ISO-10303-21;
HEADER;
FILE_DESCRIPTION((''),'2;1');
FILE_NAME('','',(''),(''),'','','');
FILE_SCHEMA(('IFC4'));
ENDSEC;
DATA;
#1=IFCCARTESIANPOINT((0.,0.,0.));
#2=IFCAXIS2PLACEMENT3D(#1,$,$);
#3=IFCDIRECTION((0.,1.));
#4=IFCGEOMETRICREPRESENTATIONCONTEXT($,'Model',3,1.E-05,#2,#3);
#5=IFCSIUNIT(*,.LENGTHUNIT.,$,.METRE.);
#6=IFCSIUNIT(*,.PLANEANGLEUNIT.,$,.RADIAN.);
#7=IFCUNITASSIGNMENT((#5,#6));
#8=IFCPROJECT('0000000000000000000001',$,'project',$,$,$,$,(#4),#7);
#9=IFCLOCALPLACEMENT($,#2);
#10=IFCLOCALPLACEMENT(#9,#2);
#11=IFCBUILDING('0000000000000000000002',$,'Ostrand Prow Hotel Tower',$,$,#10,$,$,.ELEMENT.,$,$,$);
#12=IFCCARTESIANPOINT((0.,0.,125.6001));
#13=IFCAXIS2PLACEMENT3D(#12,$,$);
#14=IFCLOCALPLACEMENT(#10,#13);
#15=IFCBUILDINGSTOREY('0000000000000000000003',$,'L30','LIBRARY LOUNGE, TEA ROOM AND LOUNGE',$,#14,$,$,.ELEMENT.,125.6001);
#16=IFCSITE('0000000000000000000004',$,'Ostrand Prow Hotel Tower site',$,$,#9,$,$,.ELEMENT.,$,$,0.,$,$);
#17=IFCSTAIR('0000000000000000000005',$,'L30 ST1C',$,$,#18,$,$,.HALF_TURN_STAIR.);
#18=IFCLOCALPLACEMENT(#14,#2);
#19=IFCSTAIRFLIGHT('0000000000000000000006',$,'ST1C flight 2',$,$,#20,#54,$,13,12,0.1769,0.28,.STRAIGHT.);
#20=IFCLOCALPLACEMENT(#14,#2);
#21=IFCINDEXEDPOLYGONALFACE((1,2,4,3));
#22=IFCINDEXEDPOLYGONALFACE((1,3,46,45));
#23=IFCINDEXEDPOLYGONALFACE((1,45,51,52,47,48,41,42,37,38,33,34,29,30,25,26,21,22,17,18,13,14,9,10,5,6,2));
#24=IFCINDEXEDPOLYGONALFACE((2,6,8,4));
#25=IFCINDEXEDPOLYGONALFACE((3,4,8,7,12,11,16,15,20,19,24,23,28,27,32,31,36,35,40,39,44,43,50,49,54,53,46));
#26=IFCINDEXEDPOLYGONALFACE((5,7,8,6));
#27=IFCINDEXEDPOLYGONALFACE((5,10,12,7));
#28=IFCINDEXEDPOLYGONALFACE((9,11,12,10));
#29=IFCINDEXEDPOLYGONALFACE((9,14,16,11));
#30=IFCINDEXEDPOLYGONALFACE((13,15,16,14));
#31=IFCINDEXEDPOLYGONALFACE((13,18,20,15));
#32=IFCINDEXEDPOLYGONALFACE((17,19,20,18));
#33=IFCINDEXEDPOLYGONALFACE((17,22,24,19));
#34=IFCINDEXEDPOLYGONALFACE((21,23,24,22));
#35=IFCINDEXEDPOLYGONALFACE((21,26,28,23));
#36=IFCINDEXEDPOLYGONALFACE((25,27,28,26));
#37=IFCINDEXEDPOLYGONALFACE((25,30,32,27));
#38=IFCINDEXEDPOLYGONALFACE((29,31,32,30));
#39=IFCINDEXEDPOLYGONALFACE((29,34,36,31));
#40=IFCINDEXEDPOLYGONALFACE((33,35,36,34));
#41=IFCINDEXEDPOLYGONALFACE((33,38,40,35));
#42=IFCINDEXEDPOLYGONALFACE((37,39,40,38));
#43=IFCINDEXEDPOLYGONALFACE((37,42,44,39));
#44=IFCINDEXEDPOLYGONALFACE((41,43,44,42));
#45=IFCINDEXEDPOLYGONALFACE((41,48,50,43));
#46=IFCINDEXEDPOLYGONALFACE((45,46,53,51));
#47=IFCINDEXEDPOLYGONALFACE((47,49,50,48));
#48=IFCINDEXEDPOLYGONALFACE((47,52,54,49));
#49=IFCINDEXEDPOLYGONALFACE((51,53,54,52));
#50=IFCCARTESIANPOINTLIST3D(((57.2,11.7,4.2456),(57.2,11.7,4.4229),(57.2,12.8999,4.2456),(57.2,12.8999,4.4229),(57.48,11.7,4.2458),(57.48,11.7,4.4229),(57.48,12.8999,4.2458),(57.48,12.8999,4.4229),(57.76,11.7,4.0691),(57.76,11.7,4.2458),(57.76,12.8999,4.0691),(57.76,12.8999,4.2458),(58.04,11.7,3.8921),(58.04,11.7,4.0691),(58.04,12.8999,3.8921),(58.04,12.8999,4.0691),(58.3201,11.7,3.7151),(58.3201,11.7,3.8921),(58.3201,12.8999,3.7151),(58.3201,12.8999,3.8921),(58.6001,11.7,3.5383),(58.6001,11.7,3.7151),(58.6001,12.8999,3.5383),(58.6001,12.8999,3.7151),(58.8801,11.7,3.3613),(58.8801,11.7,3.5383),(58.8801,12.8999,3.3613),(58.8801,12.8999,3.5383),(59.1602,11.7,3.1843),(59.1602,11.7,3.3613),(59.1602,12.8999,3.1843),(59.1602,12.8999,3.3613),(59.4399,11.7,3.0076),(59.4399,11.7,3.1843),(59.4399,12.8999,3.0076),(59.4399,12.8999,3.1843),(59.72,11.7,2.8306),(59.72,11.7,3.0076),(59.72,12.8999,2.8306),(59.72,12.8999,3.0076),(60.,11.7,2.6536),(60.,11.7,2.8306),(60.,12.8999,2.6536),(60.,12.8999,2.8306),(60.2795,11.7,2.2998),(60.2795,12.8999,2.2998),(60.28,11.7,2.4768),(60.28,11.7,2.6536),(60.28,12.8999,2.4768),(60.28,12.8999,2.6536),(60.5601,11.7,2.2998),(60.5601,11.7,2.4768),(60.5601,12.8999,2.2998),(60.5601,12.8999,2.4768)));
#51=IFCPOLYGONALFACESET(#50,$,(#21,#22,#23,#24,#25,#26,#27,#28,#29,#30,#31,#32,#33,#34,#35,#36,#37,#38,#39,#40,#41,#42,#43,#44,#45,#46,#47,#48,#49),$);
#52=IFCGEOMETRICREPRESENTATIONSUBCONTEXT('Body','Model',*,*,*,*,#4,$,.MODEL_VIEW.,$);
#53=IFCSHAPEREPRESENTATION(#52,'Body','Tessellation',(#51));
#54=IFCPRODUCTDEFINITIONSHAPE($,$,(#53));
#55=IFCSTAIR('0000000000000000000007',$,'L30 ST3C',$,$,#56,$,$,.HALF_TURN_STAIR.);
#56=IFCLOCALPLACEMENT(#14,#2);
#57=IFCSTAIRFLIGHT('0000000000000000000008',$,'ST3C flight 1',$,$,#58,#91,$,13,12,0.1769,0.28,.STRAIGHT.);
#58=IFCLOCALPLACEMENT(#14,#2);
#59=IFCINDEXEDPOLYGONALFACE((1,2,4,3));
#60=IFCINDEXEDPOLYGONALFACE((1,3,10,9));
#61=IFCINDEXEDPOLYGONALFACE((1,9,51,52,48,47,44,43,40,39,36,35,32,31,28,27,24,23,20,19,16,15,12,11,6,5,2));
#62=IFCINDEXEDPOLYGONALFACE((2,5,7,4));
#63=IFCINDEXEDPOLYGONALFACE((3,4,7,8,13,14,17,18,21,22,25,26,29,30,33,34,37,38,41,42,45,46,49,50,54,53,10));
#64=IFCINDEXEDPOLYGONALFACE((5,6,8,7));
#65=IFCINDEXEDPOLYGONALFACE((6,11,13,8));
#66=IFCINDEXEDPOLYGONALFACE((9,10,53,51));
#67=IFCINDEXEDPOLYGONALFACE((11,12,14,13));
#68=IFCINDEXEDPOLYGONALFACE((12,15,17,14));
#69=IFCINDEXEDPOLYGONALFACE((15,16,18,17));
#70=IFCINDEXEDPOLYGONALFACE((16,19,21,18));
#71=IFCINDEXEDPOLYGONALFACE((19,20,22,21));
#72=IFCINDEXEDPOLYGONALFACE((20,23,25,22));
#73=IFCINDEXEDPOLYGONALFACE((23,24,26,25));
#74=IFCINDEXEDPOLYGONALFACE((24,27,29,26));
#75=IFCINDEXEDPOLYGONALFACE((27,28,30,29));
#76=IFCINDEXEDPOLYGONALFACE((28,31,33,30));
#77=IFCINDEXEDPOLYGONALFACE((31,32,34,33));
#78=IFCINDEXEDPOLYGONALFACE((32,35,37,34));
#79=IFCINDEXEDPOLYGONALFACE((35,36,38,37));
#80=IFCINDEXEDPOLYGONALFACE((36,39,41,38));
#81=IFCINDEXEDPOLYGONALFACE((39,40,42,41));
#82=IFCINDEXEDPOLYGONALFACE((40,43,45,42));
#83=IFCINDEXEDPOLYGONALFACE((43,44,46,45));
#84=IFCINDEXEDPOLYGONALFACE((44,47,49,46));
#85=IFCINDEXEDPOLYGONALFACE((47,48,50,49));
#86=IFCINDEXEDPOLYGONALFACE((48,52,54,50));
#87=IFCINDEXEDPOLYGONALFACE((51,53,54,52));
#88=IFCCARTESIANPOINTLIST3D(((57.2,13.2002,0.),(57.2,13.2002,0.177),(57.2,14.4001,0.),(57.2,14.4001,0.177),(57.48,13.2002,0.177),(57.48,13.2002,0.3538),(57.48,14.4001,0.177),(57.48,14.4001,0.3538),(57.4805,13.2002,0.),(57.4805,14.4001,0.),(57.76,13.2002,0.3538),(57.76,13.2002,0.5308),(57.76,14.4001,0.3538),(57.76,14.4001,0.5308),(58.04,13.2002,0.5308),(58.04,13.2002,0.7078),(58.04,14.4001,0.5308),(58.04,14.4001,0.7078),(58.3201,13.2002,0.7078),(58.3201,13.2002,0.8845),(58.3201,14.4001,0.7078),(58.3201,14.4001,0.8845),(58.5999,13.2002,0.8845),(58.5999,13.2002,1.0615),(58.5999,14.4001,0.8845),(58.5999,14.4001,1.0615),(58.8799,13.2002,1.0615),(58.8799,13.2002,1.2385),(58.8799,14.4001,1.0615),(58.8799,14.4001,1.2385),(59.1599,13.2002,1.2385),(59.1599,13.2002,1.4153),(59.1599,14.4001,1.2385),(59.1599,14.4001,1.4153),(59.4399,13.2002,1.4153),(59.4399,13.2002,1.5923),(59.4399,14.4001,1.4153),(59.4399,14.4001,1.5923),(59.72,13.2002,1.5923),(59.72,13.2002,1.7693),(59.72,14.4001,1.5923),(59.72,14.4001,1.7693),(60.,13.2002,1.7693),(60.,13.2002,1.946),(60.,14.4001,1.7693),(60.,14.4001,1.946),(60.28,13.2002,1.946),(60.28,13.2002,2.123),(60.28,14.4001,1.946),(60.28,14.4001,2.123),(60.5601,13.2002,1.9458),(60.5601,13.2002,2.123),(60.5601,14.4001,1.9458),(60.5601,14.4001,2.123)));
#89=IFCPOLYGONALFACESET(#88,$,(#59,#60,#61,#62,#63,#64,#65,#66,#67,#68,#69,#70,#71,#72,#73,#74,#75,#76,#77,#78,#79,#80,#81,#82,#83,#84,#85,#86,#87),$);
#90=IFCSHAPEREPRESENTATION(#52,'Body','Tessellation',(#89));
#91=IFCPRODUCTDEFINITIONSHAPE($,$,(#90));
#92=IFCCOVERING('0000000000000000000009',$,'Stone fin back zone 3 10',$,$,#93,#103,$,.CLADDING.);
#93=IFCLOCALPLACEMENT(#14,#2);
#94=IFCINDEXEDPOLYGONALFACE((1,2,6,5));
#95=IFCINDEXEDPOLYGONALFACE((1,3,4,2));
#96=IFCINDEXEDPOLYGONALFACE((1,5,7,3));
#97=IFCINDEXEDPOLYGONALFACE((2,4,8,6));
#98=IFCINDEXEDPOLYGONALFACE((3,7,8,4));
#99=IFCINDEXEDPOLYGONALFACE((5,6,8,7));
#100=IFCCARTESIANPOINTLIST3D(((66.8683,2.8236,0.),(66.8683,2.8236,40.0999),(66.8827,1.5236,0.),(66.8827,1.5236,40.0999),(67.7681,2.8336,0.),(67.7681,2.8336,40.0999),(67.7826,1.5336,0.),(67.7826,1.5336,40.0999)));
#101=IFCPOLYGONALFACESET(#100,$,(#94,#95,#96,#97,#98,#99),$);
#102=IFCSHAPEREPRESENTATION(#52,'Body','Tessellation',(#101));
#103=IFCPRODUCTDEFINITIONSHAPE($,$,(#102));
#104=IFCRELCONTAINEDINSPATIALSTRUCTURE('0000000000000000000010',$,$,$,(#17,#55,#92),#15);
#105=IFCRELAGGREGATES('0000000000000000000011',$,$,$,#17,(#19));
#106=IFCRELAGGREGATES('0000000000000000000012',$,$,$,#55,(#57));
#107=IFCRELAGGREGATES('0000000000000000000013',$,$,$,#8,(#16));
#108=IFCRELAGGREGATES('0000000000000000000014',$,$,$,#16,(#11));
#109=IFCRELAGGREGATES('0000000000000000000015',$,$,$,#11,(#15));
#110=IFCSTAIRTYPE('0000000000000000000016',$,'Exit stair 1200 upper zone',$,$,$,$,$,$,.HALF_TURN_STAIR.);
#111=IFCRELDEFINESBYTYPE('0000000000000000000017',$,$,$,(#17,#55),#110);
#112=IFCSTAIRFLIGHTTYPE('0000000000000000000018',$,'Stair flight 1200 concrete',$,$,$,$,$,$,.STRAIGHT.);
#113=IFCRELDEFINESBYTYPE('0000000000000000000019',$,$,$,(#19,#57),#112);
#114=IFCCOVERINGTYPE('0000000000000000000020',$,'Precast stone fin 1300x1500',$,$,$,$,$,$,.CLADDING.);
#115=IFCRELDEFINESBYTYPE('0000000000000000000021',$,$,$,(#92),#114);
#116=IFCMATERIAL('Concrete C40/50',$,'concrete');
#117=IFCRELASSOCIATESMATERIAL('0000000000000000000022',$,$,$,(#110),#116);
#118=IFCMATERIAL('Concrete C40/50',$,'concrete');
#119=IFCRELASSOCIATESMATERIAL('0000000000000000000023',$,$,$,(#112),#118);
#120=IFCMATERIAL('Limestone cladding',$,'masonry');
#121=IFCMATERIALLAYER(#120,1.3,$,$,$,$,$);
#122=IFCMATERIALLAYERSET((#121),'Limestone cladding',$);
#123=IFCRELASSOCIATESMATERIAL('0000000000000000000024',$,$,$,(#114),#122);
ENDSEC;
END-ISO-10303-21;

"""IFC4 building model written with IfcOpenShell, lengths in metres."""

from ifc_helpers import new_model, si_unit, direction, frame, frame_2d, origin, place, context, subcontext, project, spatial, polyline, rectangle, outline, extrude, material, layer, layer_set, type_object, element, aggregate, save


model = new_model("IFC4")

# Units and contexts
model_context = context("Model", 3, precision=1e-05, world=origin(), true_north=direction((0.0, 1.0)))
body_context = subcontext(model_context, "Body", "Model", "MODEL_VIEW")
ifc_project = project(units=[si_unit("LENGTHUNIT", "METRE"), si_unit("PLANEANGLEUNIT", "RADIAN")], contexts=[model_context])

# Site, building, storey
site_placement = place(None, origin())
site = spatial("IfcSite", under=ifc_project, at=site_placement, Name="Ostrand Prow Hotel Tower site", CompositionType="ELEMENT", RefElevation=0.0)
building_placement = place(site_placement, origin())
building = spatial("IfcBuilding", under=site, at=building_placement, Name="Ostrand Prow Hotel Tower", CompositionType="ELEMENT")
storey_placement = place(building_placement, frame((0.0, 0.0, 125.6001)))
storey = spatial("IfcBuildingStorey", under=building, at=storey_placement, Name="L30", Description="LIBRARY LOUNGE, TEA ROOM AND LOUNGE", CompositionType="ELEMENT", Elevation=125.6001)

# Stair, stair flight
ifc_material_1 = material(Name="Concrete C40/50", Category="concrete")
stair_type = type_object("IfcStairType", Name="Exit stair 1200 upper zone", PredefinedType="HALF_TURN_STAIR", material=ifc_material_1)
stair_1_placement = place(storey_placement, origin())
stair_1 = element("IfcStair", 1, at=stair_1_placement, inside=storey, type_object=stair_type, Name="L30 ST1C", PredefinedType="HALF_TURN_STAIR")
ifc_material_2 = material(Name="Concrete C40/50", Category="concrete")
stair_flight_type = type_object("IfcStairFlightType", Name="Stair flight 1200 concrete", PredefinedType="STRAIGHT", material=ifc_material_2)
stair_flight_1_placement = place(storey_placement, frame((60.5601, 12.3, 2.2998), z_axis=(0.0, 0.0, 1.0), x_axis=(-1.0, 0.0, 0.0)))
stair_flight_1 = element("IfcStairFlight", 2, at=stair_flight_1_placement, type_object=stair_flight_type, Name="ST1C flight 2", NumberOfRisers=13, NumberOfTreads=12, PredefinedType="STRAIGHT", RiserHeight=0.1769, TreadLength=0.28, context=body_context, shape_type="SweptSolid", body=[
    extrude(outline(polyline([(0.0, 0.0), (0.0, 0.177), (0.28, 0.177), (0.28, 0.3538), (0.5601, 0.3538), (0.5601, 0.5308), (0.8401, 0.5308), (0.8401, 0.7078), (1.1201, 0.7078), (1.1201, 0.8845), (1.3999, 0.8845), (1.3999, 1.0615), (1.6799, 1.0615), (1.6799, 1.2385), (1.96, 1.2385), (1.96, 1.4153), (2.24, 1.4153), (2.24, 1.5923), (2.52, 1.5923), (2.52, 1.7693), (2.8, 1.7693), (2.8, 1.946), (3.0801, 1.946), (3.0801, 2.123), (3.3601, 2.123), (3.3601, 2.3), (3.3601, 1.9458), (0.2805, 0.0), (0.0, 0.0)])), frame((0.0, 0.6001, 0.0), z_axis=(0.0, -1.0, 0.0), x_axis=(1.0, 0.0, 0.0)), (0.0, 0.0, 1.0), 1.2),
])
aggregate(stair_1, [stair_flight_1])

# Stair, stair flight
stair_2_placement = place(storey_placement, origin())
stair_2 = element("IfcStair", 3, at=stair_2_placement, inside=storey, type_object=stair_type, Name="L30 ST3C", PredefinedType="HALF_TURN_STAIR")
stair_flight_2_placement = place(storey_placement, frame((57.2, 13.8, 0.0), z_axis=(0.0, 0.0, 1.0), x_axis=(1.0, 0.0, 0.0)))
stair_flight_2 = element("IfcStairFlight", 4, at=stair_flight_2_placement, type_object=stair_flight_type, Name="ST3C flight 1", NumberOfRisers=13, NumberOfTreads=12, PredefinedType="STRAIGHT", RiserHeight=0.1769, TreadLength=0.28, context=body_context, shape_type="SweptSolid", body=[
    extrude(outline(polyline([(0.0, 0.0), (0.0, 0.177), (0.28, 0.177), (0.28, 0.3538), (0.5601, 0.3538), (0.5601, 0.5308), (0.8401, 0.5308), (0.8401, 0.7078), (1.1201, 0.7078), (1.1201, 0.8845), (1.3999, 0.8845), (1.3999, 1.0615), (1.6799, 1.0615), (1.6799, 1.2385), (1.96, 1.2385), (1.96, 1.4153), (2.24, 1.4153), (2.24, 1.5923), (2.52, 1.5923), (2.52, 1.7693), (2.8, 1.7693), (2.8, 1.946), (3.0801, 1.946), (3.0801, 2.123), (3.3601, 2.123), (3.3601, 2.3), (3.3601, 1.9458), (0.2805, 0.0), (0.0, 0.0)])), frame((0.0, 0.6001, 0.0), z_axis=(0.0, -1.0, 0.0), x_axis=(1.0, 0.0, 0.0)), (0.0, 0.0, 1.0), 1.2),
])
aggregate(stair_2, [stair_flight_2])

# Covering
ifc_material_3 = material(Name="Limestone cladding", Category="masonry")
ifc_layer_1 = layer(ifc_material_3, 1.3)
ifc_layer_set_1 = layer_set([ifc_layer_1], Name="Limestone cladding")
covering_type = type_object("IfcCoveringType", Name="Precast stone fin 1300x1500", PredefinedType="CLADDING", material=ifc_layer_set_1)
covering_placement = place(storey_placement, frame((66.8755, 2.1736, 0.0), z_axis=(0.0, 0.0, 1.0), x_axis=(0.999938, 0.011122, 0.0)))
element("IfcCovering", 5, at=covering_placement, inside=storey, type_object=covering_type, Name="Stone fin back zone 3 10", PredefinedType="CLADDING", context=body_context, shape_type="SweptSolid", body=[
    extrude(rectangle(XDim=0.8999, YDim=1.3, at=frame_2d((0.45, 0.0))), origin(), (0.0, 0.0, 1.0), 40.0999),
])

save(model, "model.ifc")
